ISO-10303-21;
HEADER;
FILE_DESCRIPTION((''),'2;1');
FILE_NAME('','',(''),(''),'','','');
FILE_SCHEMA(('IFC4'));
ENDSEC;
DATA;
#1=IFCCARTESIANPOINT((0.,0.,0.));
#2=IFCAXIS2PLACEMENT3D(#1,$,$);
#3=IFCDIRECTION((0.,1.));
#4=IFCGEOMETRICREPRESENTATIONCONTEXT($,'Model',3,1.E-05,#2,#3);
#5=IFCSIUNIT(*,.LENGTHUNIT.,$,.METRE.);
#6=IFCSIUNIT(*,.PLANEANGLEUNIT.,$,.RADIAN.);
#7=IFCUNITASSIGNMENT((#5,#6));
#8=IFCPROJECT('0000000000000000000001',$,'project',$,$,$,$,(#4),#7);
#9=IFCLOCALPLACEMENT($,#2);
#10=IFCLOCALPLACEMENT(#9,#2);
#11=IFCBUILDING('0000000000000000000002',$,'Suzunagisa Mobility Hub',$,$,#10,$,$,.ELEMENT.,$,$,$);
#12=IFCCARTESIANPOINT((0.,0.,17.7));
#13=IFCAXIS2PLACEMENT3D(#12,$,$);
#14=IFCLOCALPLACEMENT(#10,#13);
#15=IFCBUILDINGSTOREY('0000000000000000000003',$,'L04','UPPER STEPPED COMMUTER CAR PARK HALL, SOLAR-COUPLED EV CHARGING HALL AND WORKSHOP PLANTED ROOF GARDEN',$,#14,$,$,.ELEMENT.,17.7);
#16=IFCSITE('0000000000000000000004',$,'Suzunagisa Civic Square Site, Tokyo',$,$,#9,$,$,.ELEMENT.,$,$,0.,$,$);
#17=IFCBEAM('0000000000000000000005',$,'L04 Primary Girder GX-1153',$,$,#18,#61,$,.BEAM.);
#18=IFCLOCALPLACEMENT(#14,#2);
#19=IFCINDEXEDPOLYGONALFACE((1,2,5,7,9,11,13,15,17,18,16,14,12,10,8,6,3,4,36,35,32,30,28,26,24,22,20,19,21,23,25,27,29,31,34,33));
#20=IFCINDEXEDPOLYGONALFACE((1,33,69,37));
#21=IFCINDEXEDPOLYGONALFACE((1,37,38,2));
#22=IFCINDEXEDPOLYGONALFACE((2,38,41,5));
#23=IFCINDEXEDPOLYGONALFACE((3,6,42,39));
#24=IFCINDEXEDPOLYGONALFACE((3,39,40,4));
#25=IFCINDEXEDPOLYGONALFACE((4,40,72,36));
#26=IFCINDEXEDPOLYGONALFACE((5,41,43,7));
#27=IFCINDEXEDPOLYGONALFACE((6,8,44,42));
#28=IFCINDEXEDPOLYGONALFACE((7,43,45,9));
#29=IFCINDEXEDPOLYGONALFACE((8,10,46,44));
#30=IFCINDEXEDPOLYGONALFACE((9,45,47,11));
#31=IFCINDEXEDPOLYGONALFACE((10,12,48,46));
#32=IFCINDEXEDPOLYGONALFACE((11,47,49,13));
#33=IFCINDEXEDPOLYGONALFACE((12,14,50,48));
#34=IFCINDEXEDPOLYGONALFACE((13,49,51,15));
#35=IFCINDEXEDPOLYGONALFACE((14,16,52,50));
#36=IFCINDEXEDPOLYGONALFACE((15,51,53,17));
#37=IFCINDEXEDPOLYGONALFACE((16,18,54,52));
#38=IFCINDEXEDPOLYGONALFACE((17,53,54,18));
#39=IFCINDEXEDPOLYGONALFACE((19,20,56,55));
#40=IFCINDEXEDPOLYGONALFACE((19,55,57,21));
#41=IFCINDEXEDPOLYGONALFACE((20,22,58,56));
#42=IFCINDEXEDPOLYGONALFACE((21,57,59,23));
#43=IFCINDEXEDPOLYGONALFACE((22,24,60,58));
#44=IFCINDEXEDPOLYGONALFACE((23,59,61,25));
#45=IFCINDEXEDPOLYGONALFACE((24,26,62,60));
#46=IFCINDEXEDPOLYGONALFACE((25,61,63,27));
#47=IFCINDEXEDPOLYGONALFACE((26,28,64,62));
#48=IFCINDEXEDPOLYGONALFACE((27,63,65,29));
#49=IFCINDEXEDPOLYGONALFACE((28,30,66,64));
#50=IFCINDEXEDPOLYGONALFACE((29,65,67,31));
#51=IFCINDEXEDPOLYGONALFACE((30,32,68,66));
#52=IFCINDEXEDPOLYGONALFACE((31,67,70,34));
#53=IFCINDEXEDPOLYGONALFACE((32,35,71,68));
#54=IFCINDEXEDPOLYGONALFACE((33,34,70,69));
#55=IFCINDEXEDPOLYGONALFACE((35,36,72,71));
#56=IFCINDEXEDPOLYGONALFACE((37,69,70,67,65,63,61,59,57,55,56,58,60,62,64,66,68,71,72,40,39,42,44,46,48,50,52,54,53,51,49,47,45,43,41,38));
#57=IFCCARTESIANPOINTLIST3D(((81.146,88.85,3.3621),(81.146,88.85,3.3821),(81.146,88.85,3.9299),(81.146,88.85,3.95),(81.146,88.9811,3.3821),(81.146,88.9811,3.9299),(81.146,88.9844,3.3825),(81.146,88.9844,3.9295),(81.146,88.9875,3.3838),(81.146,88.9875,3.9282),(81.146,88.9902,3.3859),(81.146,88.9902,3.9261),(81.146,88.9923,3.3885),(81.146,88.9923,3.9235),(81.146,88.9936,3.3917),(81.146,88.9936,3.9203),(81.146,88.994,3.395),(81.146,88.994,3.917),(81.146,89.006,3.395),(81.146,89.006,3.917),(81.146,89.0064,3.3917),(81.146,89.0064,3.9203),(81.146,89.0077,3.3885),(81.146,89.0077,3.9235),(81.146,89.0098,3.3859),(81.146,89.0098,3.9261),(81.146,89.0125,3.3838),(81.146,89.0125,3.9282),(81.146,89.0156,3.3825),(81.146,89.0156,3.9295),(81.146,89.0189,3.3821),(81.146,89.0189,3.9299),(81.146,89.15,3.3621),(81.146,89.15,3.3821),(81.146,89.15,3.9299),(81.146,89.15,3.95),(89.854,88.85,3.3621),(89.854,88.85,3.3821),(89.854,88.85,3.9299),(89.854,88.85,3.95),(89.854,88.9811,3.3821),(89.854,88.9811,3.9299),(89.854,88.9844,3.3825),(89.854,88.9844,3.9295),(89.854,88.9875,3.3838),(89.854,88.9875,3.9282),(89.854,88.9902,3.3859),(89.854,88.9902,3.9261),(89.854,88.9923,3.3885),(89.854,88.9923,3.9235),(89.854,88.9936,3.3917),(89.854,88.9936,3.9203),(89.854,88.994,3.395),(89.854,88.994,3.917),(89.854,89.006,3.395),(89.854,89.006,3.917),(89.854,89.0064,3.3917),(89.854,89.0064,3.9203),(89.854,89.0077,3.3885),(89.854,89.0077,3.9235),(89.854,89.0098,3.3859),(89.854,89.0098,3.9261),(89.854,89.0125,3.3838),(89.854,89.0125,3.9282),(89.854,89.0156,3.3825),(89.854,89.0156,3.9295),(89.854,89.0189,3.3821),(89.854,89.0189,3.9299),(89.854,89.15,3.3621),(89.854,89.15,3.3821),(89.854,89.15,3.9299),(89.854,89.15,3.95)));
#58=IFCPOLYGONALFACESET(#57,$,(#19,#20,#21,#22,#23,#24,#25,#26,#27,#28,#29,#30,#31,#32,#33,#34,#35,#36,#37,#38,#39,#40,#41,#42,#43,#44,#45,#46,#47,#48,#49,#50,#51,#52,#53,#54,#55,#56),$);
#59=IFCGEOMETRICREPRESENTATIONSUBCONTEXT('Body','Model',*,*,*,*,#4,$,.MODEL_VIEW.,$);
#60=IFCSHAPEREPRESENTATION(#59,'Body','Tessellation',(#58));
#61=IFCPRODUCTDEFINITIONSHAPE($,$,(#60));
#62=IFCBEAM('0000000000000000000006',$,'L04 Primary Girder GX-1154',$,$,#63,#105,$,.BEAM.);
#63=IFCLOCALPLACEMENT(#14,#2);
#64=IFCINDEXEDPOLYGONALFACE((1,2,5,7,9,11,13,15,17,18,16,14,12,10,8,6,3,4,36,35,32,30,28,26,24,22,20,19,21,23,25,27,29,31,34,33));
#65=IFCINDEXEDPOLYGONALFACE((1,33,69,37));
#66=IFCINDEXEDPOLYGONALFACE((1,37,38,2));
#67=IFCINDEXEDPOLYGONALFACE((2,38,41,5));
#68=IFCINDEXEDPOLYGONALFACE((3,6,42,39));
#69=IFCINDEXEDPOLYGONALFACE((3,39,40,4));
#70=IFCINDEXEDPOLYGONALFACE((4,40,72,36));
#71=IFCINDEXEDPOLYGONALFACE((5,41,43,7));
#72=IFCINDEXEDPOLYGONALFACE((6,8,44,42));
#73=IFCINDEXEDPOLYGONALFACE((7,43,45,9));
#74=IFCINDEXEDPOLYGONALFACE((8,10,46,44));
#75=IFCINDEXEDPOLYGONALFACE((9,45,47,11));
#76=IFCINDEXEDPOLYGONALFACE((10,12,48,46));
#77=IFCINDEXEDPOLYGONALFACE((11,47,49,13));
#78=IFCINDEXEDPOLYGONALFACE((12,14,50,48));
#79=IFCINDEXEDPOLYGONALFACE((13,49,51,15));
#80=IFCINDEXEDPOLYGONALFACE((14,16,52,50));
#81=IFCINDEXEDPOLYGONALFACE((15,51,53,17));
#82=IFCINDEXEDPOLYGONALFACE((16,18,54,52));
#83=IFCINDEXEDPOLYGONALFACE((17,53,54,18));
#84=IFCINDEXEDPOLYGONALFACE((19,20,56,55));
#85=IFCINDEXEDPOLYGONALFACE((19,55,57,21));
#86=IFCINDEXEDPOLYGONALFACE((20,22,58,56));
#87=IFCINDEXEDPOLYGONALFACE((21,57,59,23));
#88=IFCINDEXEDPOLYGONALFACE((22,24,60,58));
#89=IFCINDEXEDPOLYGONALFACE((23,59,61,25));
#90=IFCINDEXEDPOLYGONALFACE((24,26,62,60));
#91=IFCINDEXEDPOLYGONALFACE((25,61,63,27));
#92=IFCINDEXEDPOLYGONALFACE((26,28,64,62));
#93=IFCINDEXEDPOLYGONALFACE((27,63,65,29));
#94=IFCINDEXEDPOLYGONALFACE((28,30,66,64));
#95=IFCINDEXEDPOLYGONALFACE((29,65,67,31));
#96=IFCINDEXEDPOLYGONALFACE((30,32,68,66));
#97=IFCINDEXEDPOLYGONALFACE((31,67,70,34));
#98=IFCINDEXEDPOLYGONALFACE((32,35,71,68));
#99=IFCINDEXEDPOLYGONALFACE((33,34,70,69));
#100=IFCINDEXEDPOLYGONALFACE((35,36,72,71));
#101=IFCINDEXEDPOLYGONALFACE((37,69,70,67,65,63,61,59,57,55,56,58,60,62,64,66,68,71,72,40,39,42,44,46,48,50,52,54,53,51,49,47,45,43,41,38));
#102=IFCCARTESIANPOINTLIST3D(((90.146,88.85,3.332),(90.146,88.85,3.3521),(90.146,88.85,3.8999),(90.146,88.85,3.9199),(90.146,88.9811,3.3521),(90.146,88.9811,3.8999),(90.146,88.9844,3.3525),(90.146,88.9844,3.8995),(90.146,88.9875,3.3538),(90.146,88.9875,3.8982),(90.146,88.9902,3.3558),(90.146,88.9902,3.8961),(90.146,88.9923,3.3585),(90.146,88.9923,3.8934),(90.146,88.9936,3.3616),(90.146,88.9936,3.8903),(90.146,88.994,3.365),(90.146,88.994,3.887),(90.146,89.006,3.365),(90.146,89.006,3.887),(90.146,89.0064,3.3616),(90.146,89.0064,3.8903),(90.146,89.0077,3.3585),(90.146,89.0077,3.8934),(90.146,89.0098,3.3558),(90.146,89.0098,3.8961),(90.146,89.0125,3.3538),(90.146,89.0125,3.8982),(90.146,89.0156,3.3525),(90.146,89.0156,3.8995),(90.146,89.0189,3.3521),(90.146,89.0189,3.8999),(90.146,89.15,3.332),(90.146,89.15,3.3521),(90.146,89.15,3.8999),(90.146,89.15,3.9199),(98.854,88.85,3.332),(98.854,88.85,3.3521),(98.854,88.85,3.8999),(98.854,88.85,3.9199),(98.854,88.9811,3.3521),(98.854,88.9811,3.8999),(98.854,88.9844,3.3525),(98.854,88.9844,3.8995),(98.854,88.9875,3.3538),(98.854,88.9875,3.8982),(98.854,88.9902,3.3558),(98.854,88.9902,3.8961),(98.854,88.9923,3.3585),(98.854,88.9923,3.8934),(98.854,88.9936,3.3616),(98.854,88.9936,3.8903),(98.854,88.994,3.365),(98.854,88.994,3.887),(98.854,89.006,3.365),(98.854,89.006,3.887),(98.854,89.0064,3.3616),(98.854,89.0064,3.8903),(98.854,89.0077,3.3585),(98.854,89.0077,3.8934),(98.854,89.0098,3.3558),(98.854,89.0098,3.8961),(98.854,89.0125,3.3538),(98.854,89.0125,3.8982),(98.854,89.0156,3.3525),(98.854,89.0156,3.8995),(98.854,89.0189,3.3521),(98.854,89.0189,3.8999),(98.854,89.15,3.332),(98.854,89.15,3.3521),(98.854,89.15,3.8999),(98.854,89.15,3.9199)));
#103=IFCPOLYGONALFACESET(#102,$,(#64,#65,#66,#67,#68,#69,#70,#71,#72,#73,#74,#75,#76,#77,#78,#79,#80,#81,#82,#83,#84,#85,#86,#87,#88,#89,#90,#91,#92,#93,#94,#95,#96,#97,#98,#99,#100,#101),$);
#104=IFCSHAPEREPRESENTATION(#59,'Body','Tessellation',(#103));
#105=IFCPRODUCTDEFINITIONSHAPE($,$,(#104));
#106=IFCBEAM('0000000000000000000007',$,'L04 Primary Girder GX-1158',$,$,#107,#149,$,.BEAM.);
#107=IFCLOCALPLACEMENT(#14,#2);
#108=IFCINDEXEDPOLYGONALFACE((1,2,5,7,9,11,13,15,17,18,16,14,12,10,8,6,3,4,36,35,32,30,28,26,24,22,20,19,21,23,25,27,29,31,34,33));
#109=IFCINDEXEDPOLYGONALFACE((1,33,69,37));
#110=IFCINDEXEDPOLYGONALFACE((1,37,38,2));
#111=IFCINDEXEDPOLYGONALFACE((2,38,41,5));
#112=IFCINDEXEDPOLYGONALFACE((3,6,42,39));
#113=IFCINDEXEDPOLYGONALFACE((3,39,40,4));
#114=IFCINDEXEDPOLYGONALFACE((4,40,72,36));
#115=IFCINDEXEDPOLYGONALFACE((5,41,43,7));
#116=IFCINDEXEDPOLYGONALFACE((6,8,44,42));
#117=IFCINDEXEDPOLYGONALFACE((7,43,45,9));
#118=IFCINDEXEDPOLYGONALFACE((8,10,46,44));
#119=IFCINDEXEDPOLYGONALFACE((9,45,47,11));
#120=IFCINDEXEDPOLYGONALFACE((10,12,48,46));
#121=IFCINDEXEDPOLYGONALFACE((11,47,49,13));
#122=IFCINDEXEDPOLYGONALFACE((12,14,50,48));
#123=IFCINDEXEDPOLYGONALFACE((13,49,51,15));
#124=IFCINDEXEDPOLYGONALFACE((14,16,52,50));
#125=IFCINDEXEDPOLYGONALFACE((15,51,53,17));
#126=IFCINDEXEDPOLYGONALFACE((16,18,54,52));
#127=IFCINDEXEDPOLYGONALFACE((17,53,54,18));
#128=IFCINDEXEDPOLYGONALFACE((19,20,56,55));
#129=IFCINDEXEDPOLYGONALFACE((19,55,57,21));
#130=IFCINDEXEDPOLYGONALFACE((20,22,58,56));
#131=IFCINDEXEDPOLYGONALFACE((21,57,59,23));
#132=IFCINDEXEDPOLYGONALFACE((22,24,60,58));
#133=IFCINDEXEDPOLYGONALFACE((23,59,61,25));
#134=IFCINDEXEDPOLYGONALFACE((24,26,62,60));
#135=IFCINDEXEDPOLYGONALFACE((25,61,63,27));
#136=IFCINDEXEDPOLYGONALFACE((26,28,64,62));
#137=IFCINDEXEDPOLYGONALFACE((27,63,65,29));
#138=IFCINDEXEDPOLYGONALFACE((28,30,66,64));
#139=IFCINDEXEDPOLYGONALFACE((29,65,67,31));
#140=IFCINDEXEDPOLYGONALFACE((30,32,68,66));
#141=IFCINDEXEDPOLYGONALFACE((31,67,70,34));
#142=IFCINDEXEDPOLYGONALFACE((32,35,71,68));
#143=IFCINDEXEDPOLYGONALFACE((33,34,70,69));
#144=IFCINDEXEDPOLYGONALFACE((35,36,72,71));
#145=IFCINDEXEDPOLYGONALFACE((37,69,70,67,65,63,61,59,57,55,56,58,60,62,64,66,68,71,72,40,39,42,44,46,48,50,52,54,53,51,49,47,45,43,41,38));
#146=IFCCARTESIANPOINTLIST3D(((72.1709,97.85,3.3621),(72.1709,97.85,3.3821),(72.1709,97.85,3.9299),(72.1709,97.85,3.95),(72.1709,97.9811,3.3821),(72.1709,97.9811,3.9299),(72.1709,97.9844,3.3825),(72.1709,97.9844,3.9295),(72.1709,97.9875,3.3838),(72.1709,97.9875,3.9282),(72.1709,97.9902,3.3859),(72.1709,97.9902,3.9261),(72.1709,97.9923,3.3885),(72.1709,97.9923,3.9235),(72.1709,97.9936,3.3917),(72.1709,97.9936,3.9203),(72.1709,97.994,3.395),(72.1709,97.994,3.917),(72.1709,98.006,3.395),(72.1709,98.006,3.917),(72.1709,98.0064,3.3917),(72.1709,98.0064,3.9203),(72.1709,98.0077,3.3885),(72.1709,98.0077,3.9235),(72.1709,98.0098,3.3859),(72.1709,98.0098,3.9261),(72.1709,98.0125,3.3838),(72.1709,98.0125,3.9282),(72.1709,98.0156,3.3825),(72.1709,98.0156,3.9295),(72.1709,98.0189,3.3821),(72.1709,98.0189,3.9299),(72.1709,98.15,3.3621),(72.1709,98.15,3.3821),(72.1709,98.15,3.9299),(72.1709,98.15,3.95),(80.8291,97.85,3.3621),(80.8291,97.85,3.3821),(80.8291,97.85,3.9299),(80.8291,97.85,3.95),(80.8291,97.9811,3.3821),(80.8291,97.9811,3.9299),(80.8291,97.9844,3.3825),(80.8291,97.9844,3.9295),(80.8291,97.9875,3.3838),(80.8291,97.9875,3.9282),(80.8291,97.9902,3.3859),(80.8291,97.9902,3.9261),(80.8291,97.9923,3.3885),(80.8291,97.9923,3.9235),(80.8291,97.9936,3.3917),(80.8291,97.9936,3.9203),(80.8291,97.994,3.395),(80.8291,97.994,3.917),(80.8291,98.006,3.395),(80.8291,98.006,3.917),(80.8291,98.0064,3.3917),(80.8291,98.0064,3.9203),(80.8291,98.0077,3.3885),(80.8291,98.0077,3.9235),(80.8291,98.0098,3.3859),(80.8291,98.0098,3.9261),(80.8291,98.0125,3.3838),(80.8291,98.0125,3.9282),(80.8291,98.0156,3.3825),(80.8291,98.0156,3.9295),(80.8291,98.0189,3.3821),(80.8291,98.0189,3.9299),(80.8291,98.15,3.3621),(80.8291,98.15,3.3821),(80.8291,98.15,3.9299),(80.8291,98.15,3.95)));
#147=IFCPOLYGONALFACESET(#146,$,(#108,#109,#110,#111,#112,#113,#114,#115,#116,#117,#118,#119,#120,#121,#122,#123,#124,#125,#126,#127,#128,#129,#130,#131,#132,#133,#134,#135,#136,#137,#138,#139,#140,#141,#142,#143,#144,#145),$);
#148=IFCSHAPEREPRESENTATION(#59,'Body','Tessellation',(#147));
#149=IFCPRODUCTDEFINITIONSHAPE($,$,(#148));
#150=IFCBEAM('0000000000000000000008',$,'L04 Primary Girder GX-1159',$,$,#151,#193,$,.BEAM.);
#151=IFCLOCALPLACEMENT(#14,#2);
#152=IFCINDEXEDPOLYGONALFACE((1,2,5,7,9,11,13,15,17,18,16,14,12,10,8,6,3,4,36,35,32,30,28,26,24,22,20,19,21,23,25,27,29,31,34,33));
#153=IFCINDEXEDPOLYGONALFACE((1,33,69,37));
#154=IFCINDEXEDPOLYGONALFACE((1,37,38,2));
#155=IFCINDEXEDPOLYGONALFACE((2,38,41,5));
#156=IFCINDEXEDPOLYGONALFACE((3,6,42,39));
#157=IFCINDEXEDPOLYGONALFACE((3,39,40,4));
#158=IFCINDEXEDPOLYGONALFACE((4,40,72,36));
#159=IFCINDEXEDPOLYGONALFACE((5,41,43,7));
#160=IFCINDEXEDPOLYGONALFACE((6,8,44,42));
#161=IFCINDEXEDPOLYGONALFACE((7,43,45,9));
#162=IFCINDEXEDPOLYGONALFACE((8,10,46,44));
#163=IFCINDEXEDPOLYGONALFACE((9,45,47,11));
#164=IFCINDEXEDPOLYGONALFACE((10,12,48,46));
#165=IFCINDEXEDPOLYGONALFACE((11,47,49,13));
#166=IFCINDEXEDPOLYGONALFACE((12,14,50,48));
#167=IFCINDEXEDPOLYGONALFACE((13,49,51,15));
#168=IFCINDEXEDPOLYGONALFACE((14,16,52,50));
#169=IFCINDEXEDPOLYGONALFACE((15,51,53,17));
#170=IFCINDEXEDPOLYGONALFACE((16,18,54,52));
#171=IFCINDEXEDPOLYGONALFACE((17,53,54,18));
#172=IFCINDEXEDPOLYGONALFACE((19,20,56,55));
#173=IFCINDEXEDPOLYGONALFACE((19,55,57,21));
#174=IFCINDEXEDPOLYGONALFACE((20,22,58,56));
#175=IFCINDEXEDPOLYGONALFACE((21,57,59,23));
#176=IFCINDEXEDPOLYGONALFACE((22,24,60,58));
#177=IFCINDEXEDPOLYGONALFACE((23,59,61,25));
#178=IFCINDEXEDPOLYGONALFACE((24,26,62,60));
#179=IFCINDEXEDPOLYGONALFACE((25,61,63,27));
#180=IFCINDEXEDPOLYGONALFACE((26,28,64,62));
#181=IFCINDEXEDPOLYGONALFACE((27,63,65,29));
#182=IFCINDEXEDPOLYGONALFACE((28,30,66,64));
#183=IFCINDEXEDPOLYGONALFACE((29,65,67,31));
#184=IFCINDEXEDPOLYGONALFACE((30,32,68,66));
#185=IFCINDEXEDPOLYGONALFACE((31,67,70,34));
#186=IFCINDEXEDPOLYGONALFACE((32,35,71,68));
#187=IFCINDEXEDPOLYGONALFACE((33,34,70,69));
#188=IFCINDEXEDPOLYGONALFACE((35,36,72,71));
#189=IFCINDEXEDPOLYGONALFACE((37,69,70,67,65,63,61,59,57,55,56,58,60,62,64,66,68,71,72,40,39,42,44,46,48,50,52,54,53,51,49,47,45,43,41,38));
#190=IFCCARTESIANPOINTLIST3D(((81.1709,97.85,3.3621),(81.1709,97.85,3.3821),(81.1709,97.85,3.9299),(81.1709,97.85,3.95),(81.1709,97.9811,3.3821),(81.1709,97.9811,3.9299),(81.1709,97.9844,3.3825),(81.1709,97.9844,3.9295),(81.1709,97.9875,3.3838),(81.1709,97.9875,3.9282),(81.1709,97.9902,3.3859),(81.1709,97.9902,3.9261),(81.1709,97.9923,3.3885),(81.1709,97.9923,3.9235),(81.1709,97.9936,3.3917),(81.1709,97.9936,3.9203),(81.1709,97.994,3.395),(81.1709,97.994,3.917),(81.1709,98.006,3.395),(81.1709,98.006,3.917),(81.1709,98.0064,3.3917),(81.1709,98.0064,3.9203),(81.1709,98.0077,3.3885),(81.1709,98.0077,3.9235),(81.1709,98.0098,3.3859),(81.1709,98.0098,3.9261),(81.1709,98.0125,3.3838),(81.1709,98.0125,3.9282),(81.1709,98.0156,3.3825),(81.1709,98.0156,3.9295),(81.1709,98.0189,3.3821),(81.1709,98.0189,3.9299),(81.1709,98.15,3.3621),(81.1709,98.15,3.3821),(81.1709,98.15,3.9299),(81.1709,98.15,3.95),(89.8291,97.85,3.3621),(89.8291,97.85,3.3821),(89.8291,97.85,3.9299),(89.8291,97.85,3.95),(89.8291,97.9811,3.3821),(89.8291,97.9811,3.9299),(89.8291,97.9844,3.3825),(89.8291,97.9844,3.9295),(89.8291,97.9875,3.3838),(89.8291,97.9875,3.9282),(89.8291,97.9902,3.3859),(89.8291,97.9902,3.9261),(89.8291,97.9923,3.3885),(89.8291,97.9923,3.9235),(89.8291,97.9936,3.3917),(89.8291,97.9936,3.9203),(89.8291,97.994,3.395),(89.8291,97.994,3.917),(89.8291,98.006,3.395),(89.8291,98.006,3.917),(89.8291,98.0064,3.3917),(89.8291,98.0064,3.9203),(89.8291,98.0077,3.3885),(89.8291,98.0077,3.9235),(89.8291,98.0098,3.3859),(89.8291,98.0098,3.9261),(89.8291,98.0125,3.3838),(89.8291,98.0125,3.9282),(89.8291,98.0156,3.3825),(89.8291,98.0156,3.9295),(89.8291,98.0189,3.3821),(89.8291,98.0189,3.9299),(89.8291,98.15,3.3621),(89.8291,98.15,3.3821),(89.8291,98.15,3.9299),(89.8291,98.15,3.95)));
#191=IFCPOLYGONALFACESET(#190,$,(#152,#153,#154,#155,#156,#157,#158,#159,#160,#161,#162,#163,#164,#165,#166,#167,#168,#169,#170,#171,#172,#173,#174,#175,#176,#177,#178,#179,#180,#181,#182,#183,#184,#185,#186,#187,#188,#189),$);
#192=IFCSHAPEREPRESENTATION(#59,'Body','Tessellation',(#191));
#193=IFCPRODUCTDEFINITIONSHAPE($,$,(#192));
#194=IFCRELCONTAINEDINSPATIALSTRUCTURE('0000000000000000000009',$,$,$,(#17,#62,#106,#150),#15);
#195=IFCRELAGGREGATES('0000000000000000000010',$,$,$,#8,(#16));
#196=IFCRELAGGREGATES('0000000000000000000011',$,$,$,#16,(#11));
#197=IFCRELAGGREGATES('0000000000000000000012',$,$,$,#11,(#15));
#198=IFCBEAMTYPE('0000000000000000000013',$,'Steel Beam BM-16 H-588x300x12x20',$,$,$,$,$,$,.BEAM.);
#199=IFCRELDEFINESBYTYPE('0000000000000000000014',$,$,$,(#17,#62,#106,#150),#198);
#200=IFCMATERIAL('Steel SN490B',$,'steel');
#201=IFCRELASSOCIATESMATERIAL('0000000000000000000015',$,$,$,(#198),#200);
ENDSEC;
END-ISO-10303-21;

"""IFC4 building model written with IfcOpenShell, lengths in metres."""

from ifc_helpers import new_model, si_unit, direction, frame, origin, origin_2d, place, context, subcontext, project, spatial, i_section, extrude, material, material_profile, profile_set, type_object, element, save


model = new_model("IFC4")

# Units and contexts
model_context = context("Model", 3, precision=1e-05, world=origin(), true_north=direction((0.0, 1.0)))
body_context = subcontext(model_context, "Body", "Model", "MODEL_VIEW")
ifc_project = project(units=[si_unit("LENGTHUNIT", "METRE"), si_unit("PLANEANGLEUNIT", "RADIAN")], contexts=[model_context])

# Site, building, storey
site_placement = place(None, origin())
site = spatial("IfcSite", under=ifc_project, at=site_placement, Name="Suzunagisa Civic Square Site, Tokyo", CompositionType="ELEMENT", RefElevation=0.0)
building_placement = place(site_placement, origin())
building = spatial("IfcBuilding", under=site, at=building_placement, Name="Suzunagisa Mobility Hub", CompositionType="ELEMENT")
storey_placement = place(building_placement, frame((0.0, 0.0, 17.7)))
storey = spatial("IfcBuildingStorey", under=building, at=storey_placement, Name="L04", Description="UPPER STEPPED COMMUTER CAR PARK HALL, SOLAR-COUPLED EV CHARGING HALL AND WORKSHOP PLANTED ROOF GARDEN", CompositionType="ELEMENT", Elevation=17.7)

# Shared definitions
ifc_material_1 = material(Name="Steel SN490B", Category="steel")

# Beams
ifc_material_profile_1 = material_profile(ifc_material_1, i_section(OverallWidth=0.3, OverallDepth=0.5879, WebThickness=0.012, FlangeThickness=0.02, FilletRadius=0.0129, at=origin_2d()), Name="H-588x300x12x20")
ifc_profile_set_1 = profile_set([ifc_material_profile_1], Name="Steel SN490B")
beam_type_1 = type_object("IfcBeamType", Name="Steel Beam BM-16 H-588x300x12x20", PredefinedType="BEAM", material=ifc_profile_set_1)
for number, where, z_axis, x_axis, name in (
    (1, (81.146, 89.0, 3.656), (1.0, 0.0, 0.0), (0.0, 1.0, 0.0), "L04 Primary Girder GX-1153"),
    (2, (90.146, 89.0, 3.626), (1.0, 0.0, 0.0), (0.0, 1.0, 0.0), "L04 Primary Girder GX-1154"),
):
    element("IfcBeam", number, at=place(storey_placement, frame(where, z_axis=z_axis, x_axis=x_axis)), inside=storey, type_object=beam_type_1, Name=name, PredefinedType="BEAM", context=body_context, shape_type="SweptSolid", body=[
        extrude(i_section(OverallWidth=0.3, OverallDepth=0.5879, WebThickness=0.012, FlangeThickness=0.02, FilletRadius=0.0129, at=origin_2d()), origin(), (0.0, 0.0, 1.0), 8.708),
    ])
for number, where, z_axis, x_axis, name in (
    (3, (72.1709, 98.0, 3.656), (1.0, 0.0, 0.0), (0.0, 1.0, 0.0), "L04 Primary Girder GX-1158"),
    (4, (81.1709, 98.0, 3.656), (1.0, 0.0, 0.0), (0.0, 1.0, 0.0), "L04 Primary Girder GX-1159"),
):
    element("IfcBeam", number, at=place(storey_placement, frame(where, z_axis=z_axis, x_axis=x_axis)), inside=storey, type_object=beam_type_1, Name=name, PredefinedType="BEAM", context=body_context, shape_type="SweptSolid", body=[
        extrude(i_section(OverallWidth=0.3, OverallDepth=0.5879, WebThickness=0.012, FlangeThickness=0.02, FilletRadius=0.0129, at=origin_2d()), origin(), (0.0, 0.0, 1.0), 8.6582),
    ])

save(model, "model.ifc")
